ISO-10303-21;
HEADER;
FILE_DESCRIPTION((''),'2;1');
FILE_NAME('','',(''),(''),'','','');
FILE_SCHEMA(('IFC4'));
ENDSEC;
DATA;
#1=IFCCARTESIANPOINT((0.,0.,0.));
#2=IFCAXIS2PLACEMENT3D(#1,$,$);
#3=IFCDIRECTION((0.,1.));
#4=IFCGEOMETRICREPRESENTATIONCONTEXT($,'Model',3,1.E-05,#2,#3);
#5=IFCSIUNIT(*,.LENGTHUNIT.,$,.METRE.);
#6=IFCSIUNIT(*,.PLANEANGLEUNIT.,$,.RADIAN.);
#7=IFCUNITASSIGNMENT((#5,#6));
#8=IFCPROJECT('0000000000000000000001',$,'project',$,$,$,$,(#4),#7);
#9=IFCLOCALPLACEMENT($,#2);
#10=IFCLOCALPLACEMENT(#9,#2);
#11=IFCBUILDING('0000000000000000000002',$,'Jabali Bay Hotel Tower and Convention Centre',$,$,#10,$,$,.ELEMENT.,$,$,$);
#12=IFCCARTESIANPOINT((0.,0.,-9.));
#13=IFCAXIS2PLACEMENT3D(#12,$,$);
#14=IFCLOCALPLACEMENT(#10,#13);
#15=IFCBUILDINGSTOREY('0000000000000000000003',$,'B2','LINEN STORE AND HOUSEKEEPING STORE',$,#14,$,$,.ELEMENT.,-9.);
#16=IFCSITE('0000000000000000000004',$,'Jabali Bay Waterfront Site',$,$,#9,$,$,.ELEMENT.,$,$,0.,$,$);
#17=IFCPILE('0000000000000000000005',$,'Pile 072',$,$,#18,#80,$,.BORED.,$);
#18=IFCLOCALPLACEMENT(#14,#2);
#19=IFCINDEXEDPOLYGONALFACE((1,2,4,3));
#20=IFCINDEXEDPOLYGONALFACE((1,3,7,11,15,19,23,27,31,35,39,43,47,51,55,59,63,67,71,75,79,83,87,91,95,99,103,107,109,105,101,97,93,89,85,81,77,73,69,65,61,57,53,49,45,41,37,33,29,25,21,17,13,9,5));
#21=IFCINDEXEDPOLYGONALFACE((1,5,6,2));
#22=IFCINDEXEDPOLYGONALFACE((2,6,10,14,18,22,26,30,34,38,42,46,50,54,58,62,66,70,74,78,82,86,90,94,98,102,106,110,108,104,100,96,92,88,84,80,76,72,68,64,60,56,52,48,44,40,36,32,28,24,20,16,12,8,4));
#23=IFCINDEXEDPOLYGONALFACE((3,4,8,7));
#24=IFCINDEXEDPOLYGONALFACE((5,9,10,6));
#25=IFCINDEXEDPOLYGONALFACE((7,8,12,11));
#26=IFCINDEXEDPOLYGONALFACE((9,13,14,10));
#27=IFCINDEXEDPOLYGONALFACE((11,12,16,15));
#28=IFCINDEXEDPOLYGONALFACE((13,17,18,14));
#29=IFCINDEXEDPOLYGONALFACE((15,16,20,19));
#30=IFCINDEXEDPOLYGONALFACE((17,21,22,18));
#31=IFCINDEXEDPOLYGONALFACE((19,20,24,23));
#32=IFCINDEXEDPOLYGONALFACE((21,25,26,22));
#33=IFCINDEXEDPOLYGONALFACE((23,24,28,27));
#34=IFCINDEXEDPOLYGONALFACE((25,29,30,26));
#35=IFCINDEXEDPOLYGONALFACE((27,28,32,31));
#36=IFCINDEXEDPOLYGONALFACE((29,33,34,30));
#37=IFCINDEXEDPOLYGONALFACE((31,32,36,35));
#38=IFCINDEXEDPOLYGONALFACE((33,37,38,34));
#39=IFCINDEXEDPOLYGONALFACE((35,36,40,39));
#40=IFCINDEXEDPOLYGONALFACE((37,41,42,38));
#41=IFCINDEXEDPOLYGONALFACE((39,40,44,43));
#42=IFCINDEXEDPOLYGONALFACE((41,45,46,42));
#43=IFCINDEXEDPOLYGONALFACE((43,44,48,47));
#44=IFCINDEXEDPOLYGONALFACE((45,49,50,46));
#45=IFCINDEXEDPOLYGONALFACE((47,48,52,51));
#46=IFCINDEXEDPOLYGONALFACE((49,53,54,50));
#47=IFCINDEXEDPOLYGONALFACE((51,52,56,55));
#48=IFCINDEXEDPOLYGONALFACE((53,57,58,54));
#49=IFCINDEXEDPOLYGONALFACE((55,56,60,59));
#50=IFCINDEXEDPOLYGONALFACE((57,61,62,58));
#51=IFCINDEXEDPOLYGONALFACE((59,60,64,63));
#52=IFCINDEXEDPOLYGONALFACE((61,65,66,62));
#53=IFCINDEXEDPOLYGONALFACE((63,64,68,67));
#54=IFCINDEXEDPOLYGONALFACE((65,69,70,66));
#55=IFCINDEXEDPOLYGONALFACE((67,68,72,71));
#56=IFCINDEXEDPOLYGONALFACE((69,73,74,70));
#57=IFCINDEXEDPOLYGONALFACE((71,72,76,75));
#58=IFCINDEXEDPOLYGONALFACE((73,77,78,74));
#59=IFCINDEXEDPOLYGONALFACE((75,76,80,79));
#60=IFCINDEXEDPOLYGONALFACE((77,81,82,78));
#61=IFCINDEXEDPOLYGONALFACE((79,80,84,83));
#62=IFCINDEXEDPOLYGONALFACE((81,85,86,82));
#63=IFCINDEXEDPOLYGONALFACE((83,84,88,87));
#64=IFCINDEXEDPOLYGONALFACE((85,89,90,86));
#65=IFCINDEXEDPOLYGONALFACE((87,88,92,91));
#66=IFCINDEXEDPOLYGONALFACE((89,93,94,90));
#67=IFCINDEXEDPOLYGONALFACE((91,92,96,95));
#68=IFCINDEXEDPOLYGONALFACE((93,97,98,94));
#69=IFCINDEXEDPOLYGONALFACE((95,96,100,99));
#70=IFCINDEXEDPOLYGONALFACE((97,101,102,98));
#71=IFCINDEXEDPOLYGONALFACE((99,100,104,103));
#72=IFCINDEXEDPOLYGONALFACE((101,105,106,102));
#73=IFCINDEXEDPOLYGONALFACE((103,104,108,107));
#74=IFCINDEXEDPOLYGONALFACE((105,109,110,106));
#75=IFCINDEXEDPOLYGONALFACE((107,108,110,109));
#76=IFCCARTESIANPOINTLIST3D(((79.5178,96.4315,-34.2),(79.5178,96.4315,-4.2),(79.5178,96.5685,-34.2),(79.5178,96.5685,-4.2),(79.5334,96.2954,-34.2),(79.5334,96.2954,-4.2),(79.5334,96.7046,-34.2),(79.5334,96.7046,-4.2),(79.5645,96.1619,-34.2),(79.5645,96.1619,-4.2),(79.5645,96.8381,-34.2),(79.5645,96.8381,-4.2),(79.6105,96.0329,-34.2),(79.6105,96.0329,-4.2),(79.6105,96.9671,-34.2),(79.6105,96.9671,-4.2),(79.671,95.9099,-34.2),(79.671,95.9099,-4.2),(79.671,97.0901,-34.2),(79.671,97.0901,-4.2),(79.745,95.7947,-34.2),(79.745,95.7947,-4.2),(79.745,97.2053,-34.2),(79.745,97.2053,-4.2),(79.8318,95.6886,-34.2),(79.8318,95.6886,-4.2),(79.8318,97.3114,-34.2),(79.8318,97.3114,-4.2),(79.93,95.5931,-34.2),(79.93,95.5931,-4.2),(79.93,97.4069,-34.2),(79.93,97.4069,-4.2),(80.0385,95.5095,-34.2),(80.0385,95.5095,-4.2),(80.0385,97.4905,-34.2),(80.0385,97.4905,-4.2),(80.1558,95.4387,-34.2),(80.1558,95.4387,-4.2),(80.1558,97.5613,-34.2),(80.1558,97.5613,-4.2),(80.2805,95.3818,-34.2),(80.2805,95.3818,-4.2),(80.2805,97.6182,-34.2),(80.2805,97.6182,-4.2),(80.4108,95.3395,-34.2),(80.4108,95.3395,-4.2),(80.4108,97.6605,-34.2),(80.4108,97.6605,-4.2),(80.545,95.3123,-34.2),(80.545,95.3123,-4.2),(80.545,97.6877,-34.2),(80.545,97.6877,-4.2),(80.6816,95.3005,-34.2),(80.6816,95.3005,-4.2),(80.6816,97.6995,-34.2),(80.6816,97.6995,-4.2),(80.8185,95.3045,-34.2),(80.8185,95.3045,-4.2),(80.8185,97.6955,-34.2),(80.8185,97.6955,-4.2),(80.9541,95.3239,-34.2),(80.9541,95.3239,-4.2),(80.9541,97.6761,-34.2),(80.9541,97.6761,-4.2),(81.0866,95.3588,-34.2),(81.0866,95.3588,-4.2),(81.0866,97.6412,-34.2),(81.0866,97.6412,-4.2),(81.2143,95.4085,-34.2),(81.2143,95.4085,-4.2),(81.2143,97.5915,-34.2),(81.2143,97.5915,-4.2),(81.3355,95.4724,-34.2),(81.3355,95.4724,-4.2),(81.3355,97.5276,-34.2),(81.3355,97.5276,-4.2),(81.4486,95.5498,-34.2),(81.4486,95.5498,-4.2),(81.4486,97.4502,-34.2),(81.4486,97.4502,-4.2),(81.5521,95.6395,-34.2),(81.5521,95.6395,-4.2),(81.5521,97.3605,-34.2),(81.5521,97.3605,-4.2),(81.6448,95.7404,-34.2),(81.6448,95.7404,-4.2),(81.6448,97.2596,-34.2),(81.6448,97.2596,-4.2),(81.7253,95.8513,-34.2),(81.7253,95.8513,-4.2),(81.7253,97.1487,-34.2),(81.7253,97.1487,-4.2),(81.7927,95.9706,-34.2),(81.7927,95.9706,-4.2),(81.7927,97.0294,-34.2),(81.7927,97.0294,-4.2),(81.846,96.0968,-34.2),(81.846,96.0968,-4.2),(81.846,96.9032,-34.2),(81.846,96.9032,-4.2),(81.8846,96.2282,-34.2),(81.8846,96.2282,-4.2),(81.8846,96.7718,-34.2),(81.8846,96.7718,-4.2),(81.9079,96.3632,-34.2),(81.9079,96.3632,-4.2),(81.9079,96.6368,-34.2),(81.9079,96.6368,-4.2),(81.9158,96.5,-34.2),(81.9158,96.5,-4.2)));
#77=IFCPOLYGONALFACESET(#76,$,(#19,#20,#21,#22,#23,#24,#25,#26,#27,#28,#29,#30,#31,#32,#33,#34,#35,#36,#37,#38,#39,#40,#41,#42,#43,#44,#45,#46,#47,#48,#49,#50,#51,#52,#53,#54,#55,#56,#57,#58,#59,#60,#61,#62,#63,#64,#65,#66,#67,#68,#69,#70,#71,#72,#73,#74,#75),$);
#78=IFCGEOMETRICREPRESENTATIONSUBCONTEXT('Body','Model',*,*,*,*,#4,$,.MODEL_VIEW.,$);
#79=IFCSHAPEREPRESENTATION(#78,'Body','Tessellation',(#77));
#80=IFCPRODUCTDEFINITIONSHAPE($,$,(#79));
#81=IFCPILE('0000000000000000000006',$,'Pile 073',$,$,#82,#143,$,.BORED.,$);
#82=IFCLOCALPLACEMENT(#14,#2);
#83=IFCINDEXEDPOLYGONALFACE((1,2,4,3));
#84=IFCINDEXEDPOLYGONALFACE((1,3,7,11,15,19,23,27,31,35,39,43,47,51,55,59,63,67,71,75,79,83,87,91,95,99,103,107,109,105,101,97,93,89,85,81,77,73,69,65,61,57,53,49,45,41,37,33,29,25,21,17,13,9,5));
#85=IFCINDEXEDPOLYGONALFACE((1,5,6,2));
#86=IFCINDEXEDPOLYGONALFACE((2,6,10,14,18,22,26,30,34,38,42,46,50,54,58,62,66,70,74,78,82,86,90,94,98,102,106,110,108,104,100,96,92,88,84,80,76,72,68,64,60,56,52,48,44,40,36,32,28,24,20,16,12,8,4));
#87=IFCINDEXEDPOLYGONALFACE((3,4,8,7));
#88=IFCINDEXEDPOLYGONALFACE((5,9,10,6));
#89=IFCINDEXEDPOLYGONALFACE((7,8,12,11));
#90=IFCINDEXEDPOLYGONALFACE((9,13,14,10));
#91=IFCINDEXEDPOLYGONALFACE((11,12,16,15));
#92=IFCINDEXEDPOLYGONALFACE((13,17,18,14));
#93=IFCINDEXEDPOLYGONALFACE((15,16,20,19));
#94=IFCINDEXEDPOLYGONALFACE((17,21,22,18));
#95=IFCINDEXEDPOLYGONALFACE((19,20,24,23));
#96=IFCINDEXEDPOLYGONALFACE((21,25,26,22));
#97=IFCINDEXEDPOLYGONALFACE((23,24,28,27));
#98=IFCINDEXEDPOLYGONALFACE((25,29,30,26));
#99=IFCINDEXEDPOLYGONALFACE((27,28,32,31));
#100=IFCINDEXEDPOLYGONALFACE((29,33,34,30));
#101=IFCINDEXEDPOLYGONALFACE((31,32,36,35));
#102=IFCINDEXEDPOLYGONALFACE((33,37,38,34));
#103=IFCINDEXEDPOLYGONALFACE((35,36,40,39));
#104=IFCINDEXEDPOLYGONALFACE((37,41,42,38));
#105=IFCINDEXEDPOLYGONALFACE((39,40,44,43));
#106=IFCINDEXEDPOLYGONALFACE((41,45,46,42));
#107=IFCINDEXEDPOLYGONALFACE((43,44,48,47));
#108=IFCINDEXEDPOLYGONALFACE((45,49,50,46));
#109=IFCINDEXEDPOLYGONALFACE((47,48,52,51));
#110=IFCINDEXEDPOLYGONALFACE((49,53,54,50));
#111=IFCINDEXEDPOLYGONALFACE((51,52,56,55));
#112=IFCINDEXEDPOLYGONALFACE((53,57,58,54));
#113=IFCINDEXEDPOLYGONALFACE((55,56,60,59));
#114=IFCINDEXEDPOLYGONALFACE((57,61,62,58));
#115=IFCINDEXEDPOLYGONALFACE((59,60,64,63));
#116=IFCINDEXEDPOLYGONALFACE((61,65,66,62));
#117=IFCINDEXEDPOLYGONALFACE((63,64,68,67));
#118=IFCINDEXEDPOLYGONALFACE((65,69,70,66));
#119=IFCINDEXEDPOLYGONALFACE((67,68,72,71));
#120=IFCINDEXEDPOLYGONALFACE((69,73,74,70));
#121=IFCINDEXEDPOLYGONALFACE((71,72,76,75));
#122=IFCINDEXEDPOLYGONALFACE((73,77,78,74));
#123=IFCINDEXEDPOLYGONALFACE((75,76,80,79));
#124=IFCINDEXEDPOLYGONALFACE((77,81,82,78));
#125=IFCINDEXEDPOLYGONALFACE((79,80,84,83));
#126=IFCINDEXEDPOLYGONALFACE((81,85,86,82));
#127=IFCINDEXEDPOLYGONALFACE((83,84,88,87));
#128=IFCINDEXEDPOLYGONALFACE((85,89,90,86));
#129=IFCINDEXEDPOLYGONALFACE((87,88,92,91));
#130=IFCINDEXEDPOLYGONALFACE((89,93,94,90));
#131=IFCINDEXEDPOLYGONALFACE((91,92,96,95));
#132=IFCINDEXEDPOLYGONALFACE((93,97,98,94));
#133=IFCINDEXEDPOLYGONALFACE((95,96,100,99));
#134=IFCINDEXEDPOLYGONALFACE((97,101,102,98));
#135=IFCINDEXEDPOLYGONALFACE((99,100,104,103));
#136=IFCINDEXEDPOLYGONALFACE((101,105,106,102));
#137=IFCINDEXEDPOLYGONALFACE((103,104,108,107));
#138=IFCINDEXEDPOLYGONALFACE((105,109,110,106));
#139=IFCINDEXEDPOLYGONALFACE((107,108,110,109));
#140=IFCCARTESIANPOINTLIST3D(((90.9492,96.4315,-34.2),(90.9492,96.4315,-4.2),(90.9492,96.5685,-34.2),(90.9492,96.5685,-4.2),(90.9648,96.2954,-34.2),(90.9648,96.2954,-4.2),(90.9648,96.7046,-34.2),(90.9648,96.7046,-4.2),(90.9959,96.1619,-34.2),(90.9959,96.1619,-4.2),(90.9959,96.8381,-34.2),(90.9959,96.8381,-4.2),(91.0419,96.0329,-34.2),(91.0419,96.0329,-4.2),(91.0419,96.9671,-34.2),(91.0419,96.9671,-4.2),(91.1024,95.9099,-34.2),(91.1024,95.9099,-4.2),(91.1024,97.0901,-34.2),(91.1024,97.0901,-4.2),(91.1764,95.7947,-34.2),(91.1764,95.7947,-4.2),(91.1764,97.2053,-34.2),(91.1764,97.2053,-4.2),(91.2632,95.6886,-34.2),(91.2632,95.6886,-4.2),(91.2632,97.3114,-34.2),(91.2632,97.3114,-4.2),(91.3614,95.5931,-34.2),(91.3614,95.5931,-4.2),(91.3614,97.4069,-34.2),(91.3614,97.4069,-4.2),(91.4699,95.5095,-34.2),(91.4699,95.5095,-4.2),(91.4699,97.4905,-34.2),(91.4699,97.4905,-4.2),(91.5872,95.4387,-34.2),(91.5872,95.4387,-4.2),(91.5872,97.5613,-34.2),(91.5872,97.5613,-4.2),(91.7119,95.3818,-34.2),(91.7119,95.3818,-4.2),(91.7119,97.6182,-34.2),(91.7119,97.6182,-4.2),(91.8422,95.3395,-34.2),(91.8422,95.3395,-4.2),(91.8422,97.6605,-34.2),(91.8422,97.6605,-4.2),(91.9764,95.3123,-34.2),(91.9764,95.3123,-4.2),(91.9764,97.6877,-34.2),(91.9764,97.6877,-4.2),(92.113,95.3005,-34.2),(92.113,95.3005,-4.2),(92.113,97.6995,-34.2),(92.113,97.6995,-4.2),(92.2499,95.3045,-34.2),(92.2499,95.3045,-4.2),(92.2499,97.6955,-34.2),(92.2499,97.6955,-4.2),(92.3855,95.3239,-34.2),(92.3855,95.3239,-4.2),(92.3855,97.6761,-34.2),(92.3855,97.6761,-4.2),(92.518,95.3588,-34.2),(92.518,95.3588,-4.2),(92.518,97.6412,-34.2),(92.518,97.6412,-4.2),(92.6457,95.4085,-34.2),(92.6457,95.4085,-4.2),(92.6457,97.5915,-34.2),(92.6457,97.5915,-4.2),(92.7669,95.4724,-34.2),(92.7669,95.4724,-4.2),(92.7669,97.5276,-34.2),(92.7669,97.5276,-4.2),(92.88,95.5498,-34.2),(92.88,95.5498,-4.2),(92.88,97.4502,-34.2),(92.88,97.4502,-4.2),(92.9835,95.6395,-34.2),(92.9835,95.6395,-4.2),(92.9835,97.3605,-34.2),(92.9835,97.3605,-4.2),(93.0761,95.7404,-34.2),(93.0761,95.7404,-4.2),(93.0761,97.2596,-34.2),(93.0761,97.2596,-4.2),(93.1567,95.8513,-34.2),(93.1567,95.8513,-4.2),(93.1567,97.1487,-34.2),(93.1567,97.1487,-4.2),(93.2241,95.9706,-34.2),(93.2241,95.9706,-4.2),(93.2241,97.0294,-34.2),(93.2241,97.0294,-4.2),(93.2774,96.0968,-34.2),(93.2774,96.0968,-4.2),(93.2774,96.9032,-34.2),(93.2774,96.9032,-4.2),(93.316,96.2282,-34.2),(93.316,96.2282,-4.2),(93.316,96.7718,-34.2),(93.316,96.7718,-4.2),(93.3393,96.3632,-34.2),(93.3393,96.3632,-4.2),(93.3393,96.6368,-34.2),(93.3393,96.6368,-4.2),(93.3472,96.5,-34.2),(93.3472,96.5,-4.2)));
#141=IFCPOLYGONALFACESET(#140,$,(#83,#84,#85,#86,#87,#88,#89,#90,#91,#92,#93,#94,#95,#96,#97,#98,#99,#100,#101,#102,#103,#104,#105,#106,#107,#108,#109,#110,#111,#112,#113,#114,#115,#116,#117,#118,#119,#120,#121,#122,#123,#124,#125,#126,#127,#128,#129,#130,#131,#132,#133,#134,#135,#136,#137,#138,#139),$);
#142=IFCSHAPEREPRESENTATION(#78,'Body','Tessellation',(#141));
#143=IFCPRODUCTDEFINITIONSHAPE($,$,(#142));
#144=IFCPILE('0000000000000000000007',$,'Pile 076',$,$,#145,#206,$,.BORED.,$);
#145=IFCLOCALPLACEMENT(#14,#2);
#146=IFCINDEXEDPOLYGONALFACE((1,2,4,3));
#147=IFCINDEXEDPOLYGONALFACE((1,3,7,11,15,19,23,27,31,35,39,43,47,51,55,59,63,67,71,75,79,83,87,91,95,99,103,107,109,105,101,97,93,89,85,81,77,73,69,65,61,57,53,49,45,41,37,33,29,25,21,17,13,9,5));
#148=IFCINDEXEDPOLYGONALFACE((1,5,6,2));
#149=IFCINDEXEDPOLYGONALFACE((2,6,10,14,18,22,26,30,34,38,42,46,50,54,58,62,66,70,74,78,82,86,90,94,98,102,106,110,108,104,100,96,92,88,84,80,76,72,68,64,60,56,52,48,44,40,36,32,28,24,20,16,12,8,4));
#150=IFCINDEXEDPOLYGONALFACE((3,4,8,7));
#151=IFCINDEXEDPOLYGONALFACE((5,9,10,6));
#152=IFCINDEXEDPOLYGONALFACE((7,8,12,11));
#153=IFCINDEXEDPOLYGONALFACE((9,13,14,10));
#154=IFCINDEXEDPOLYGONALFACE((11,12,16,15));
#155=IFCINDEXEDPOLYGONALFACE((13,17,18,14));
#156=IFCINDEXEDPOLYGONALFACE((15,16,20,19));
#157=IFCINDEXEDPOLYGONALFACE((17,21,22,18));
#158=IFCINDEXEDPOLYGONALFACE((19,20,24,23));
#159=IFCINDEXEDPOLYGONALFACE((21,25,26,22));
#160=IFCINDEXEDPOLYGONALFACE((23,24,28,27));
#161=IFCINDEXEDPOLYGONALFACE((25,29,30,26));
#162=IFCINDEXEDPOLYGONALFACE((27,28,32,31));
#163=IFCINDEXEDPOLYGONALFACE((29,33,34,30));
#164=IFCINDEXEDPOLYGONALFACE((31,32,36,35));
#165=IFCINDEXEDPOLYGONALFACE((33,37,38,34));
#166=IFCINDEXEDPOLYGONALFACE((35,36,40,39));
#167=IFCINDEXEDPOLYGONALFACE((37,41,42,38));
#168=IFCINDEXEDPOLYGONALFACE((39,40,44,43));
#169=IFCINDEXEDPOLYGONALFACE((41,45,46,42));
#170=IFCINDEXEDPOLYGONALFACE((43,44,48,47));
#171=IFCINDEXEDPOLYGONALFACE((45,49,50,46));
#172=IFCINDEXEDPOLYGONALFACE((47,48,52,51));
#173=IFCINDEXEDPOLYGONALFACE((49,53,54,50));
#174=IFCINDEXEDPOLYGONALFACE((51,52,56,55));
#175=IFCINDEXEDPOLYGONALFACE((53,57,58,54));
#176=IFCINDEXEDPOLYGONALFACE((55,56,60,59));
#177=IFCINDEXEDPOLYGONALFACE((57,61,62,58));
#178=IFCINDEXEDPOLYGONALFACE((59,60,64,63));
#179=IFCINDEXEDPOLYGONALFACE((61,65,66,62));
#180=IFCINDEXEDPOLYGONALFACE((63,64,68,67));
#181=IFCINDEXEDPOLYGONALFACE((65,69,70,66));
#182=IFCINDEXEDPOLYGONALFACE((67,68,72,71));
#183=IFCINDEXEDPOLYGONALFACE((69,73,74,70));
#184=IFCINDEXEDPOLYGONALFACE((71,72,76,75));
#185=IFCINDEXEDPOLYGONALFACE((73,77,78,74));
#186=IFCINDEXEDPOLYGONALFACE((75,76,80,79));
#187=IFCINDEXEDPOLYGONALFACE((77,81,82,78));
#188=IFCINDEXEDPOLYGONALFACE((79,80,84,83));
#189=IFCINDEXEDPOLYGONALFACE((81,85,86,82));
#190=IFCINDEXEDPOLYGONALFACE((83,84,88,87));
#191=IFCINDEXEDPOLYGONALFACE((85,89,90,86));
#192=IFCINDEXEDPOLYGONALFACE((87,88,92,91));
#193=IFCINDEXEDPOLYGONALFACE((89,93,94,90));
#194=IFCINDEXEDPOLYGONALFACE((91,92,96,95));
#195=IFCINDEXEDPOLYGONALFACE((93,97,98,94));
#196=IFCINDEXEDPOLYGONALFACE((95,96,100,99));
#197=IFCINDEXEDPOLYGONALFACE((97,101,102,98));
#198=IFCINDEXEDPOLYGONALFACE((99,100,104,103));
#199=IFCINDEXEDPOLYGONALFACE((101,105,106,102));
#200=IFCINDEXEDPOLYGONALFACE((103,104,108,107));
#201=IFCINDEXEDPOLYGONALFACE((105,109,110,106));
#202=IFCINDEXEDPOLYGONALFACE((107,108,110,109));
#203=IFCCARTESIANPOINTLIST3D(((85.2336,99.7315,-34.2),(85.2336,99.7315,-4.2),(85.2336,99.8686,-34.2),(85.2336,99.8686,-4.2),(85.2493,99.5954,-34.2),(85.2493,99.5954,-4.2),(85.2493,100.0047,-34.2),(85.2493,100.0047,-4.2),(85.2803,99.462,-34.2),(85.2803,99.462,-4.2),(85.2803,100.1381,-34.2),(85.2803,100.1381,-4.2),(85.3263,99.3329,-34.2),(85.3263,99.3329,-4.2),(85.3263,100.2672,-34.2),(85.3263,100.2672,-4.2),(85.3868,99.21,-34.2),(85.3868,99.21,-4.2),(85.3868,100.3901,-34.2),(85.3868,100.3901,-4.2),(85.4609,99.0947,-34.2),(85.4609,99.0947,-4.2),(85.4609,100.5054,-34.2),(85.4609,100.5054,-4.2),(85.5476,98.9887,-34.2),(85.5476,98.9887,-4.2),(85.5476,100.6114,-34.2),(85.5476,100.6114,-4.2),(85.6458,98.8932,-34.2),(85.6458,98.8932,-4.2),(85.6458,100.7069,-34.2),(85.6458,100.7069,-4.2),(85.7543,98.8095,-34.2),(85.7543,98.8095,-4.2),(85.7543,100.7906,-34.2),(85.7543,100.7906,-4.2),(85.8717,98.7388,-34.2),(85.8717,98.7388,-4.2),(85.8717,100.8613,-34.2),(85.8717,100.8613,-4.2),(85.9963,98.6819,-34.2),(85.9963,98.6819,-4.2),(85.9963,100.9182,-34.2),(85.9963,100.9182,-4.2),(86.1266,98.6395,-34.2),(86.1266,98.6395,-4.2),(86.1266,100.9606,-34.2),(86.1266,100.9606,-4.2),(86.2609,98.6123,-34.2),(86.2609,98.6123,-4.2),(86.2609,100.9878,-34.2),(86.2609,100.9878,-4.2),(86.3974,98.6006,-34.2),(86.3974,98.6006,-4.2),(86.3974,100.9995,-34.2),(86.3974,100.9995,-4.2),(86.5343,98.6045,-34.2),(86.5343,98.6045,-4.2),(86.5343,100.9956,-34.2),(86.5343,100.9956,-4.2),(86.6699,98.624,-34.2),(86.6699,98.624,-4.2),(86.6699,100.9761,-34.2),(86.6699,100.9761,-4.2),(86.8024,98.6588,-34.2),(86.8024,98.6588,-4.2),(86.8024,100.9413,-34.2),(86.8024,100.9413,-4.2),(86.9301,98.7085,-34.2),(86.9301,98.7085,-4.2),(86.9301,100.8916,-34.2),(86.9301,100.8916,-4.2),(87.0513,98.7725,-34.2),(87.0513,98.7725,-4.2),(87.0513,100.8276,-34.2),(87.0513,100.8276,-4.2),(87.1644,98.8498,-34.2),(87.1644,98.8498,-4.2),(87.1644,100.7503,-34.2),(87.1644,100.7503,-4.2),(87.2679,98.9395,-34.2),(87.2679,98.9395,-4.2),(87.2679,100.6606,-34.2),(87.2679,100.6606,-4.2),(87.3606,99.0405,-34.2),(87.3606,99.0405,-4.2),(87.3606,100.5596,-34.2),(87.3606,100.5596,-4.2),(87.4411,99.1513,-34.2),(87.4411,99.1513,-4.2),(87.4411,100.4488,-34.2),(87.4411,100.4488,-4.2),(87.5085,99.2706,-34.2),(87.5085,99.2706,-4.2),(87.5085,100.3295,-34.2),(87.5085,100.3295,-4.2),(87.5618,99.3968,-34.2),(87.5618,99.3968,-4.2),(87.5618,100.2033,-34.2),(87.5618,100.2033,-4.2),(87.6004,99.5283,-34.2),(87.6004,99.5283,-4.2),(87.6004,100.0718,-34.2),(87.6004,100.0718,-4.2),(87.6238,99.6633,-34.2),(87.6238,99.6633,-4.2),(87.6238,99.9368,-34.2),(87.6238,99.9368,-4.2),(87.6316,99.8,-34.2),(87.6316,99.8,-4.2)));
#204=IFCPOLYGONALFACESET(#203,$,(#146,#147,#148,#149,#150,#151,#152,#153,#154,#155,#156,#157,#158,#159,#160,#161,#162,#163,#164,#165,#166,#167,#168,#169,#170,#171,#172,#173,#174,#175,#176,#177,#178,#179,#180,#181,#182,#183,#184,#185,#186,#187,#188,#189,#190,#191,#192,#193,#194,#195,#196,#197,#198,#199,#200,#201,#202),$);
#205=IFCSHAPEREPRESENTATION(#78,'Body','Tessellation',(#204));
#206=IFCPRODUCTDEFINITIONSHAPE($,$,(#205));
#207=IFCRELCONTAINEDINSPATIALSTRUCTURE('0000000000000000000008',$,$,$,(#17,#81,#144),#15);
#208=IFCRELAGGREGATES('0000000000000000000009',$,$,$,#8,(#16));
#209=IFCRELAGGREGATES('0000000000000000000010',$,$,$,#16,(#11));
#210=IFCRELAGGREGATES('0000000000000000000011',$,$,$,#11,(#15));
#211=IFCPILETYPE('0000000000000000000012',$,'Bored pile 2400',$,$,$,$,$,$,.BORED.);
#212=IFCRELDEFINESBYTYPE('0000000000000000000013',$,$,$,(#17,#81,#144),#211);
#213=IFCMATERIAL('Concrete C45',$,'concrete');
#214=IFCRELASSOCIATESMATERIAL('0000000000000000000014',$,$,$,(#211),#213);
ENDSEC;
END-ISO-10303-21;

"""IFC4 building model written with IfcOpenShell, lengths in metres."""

from ifc_helpers import new_model, si_unit, direction, frame, origin, origin_2d, place, context, subcontext, project, spatial, circle, extrude, material, material_profile, profile_set, type_object, element, save


model = new_model("IFC4")

# Units and contexts
model_context = context("Model", 3, precision=1e-05, world=origin(), true_north=direction((0.0, 1.0)))
body_context = subcontext(model_context, "Body", "Model", "MODEL_VIEW")
ifc_project = project(units=[si_unit("LENGTHUNIT", "METRE"), si_unit("PLANEANGLEUNIT", "RADIAN")], contexts=[model_context])

# Site, building, storey
site_placement = place(None, origin())
site = spatial("IfcSite", under=ifc_project, at=site_placement, Name="Jabali Bay Waterfront Site", CompositionType="ELEMENT", RefElevation=0.0)
building_placement = place(site_placement, origin())
building = spatial("IfcBuilding", under=site, at=building_placement, Name="Jabali Bay Hotel Tower and Convention Centre", CompositionType="ELEMENT")
storey_placement = place(building_placement, frame((0.0, 0.0, -9.0)))
storey = spatial("IfcBuildingStorey", under=building, at=storey_placement, Name="B2", Description="LINEN STORE AND HOUSEKEEPING STORE", CompositionType="ELEMENT", Elevation=-9.0)

# Piles
ifc_material_1 = material(Name="Concrete C45", Category="concrete")
ifc_material_profile_1 = material_profile(ifc_material_1, circle(Radius=1.2, at=origin_2d()), Name="Bored pile 2400")
ifc_profile_set_1 = profile_set([ifc_material_profile_1], Name="Concrete C45")
pile_type = type_object("IfcPileType", Name="Bored pile 2400", PredefinedType="BORED", material=ifc_profile_set_1)
for number, where, z_axis, x_axis, name in (
    (1, (80.7158, 96.5, -4.2), (0.0, 0.0, -1.0), (1.0, 0.0, 0.0), "Pile 072"),
    (2, (92.1472, 96.5, -4.2), (0.0, 0.0, -1.0), (1.0, 0.0, 0.0), "Pile 073"),
    (3, (86.4316, 99.8, -4.2), (0.0, 0.0, -1.0), (1.0, 0.0, 0.0), "Pile 076"),
):
    element("IfcPile", number, at=place(storey_placement, frame(where, z_axis=z_axis, x_axis=x_axis)), inside=storey, type_object=pile_type, Name=name, PredefinedType="BORED", context=body_context, shape_type="SweptSolid", body=[
        extrude(circle(Radius=1.2, at=origin_2d()), origin(), (0.0, 0.0, 1.0), 30.0),
    ])

save(model, "model.ifc")
